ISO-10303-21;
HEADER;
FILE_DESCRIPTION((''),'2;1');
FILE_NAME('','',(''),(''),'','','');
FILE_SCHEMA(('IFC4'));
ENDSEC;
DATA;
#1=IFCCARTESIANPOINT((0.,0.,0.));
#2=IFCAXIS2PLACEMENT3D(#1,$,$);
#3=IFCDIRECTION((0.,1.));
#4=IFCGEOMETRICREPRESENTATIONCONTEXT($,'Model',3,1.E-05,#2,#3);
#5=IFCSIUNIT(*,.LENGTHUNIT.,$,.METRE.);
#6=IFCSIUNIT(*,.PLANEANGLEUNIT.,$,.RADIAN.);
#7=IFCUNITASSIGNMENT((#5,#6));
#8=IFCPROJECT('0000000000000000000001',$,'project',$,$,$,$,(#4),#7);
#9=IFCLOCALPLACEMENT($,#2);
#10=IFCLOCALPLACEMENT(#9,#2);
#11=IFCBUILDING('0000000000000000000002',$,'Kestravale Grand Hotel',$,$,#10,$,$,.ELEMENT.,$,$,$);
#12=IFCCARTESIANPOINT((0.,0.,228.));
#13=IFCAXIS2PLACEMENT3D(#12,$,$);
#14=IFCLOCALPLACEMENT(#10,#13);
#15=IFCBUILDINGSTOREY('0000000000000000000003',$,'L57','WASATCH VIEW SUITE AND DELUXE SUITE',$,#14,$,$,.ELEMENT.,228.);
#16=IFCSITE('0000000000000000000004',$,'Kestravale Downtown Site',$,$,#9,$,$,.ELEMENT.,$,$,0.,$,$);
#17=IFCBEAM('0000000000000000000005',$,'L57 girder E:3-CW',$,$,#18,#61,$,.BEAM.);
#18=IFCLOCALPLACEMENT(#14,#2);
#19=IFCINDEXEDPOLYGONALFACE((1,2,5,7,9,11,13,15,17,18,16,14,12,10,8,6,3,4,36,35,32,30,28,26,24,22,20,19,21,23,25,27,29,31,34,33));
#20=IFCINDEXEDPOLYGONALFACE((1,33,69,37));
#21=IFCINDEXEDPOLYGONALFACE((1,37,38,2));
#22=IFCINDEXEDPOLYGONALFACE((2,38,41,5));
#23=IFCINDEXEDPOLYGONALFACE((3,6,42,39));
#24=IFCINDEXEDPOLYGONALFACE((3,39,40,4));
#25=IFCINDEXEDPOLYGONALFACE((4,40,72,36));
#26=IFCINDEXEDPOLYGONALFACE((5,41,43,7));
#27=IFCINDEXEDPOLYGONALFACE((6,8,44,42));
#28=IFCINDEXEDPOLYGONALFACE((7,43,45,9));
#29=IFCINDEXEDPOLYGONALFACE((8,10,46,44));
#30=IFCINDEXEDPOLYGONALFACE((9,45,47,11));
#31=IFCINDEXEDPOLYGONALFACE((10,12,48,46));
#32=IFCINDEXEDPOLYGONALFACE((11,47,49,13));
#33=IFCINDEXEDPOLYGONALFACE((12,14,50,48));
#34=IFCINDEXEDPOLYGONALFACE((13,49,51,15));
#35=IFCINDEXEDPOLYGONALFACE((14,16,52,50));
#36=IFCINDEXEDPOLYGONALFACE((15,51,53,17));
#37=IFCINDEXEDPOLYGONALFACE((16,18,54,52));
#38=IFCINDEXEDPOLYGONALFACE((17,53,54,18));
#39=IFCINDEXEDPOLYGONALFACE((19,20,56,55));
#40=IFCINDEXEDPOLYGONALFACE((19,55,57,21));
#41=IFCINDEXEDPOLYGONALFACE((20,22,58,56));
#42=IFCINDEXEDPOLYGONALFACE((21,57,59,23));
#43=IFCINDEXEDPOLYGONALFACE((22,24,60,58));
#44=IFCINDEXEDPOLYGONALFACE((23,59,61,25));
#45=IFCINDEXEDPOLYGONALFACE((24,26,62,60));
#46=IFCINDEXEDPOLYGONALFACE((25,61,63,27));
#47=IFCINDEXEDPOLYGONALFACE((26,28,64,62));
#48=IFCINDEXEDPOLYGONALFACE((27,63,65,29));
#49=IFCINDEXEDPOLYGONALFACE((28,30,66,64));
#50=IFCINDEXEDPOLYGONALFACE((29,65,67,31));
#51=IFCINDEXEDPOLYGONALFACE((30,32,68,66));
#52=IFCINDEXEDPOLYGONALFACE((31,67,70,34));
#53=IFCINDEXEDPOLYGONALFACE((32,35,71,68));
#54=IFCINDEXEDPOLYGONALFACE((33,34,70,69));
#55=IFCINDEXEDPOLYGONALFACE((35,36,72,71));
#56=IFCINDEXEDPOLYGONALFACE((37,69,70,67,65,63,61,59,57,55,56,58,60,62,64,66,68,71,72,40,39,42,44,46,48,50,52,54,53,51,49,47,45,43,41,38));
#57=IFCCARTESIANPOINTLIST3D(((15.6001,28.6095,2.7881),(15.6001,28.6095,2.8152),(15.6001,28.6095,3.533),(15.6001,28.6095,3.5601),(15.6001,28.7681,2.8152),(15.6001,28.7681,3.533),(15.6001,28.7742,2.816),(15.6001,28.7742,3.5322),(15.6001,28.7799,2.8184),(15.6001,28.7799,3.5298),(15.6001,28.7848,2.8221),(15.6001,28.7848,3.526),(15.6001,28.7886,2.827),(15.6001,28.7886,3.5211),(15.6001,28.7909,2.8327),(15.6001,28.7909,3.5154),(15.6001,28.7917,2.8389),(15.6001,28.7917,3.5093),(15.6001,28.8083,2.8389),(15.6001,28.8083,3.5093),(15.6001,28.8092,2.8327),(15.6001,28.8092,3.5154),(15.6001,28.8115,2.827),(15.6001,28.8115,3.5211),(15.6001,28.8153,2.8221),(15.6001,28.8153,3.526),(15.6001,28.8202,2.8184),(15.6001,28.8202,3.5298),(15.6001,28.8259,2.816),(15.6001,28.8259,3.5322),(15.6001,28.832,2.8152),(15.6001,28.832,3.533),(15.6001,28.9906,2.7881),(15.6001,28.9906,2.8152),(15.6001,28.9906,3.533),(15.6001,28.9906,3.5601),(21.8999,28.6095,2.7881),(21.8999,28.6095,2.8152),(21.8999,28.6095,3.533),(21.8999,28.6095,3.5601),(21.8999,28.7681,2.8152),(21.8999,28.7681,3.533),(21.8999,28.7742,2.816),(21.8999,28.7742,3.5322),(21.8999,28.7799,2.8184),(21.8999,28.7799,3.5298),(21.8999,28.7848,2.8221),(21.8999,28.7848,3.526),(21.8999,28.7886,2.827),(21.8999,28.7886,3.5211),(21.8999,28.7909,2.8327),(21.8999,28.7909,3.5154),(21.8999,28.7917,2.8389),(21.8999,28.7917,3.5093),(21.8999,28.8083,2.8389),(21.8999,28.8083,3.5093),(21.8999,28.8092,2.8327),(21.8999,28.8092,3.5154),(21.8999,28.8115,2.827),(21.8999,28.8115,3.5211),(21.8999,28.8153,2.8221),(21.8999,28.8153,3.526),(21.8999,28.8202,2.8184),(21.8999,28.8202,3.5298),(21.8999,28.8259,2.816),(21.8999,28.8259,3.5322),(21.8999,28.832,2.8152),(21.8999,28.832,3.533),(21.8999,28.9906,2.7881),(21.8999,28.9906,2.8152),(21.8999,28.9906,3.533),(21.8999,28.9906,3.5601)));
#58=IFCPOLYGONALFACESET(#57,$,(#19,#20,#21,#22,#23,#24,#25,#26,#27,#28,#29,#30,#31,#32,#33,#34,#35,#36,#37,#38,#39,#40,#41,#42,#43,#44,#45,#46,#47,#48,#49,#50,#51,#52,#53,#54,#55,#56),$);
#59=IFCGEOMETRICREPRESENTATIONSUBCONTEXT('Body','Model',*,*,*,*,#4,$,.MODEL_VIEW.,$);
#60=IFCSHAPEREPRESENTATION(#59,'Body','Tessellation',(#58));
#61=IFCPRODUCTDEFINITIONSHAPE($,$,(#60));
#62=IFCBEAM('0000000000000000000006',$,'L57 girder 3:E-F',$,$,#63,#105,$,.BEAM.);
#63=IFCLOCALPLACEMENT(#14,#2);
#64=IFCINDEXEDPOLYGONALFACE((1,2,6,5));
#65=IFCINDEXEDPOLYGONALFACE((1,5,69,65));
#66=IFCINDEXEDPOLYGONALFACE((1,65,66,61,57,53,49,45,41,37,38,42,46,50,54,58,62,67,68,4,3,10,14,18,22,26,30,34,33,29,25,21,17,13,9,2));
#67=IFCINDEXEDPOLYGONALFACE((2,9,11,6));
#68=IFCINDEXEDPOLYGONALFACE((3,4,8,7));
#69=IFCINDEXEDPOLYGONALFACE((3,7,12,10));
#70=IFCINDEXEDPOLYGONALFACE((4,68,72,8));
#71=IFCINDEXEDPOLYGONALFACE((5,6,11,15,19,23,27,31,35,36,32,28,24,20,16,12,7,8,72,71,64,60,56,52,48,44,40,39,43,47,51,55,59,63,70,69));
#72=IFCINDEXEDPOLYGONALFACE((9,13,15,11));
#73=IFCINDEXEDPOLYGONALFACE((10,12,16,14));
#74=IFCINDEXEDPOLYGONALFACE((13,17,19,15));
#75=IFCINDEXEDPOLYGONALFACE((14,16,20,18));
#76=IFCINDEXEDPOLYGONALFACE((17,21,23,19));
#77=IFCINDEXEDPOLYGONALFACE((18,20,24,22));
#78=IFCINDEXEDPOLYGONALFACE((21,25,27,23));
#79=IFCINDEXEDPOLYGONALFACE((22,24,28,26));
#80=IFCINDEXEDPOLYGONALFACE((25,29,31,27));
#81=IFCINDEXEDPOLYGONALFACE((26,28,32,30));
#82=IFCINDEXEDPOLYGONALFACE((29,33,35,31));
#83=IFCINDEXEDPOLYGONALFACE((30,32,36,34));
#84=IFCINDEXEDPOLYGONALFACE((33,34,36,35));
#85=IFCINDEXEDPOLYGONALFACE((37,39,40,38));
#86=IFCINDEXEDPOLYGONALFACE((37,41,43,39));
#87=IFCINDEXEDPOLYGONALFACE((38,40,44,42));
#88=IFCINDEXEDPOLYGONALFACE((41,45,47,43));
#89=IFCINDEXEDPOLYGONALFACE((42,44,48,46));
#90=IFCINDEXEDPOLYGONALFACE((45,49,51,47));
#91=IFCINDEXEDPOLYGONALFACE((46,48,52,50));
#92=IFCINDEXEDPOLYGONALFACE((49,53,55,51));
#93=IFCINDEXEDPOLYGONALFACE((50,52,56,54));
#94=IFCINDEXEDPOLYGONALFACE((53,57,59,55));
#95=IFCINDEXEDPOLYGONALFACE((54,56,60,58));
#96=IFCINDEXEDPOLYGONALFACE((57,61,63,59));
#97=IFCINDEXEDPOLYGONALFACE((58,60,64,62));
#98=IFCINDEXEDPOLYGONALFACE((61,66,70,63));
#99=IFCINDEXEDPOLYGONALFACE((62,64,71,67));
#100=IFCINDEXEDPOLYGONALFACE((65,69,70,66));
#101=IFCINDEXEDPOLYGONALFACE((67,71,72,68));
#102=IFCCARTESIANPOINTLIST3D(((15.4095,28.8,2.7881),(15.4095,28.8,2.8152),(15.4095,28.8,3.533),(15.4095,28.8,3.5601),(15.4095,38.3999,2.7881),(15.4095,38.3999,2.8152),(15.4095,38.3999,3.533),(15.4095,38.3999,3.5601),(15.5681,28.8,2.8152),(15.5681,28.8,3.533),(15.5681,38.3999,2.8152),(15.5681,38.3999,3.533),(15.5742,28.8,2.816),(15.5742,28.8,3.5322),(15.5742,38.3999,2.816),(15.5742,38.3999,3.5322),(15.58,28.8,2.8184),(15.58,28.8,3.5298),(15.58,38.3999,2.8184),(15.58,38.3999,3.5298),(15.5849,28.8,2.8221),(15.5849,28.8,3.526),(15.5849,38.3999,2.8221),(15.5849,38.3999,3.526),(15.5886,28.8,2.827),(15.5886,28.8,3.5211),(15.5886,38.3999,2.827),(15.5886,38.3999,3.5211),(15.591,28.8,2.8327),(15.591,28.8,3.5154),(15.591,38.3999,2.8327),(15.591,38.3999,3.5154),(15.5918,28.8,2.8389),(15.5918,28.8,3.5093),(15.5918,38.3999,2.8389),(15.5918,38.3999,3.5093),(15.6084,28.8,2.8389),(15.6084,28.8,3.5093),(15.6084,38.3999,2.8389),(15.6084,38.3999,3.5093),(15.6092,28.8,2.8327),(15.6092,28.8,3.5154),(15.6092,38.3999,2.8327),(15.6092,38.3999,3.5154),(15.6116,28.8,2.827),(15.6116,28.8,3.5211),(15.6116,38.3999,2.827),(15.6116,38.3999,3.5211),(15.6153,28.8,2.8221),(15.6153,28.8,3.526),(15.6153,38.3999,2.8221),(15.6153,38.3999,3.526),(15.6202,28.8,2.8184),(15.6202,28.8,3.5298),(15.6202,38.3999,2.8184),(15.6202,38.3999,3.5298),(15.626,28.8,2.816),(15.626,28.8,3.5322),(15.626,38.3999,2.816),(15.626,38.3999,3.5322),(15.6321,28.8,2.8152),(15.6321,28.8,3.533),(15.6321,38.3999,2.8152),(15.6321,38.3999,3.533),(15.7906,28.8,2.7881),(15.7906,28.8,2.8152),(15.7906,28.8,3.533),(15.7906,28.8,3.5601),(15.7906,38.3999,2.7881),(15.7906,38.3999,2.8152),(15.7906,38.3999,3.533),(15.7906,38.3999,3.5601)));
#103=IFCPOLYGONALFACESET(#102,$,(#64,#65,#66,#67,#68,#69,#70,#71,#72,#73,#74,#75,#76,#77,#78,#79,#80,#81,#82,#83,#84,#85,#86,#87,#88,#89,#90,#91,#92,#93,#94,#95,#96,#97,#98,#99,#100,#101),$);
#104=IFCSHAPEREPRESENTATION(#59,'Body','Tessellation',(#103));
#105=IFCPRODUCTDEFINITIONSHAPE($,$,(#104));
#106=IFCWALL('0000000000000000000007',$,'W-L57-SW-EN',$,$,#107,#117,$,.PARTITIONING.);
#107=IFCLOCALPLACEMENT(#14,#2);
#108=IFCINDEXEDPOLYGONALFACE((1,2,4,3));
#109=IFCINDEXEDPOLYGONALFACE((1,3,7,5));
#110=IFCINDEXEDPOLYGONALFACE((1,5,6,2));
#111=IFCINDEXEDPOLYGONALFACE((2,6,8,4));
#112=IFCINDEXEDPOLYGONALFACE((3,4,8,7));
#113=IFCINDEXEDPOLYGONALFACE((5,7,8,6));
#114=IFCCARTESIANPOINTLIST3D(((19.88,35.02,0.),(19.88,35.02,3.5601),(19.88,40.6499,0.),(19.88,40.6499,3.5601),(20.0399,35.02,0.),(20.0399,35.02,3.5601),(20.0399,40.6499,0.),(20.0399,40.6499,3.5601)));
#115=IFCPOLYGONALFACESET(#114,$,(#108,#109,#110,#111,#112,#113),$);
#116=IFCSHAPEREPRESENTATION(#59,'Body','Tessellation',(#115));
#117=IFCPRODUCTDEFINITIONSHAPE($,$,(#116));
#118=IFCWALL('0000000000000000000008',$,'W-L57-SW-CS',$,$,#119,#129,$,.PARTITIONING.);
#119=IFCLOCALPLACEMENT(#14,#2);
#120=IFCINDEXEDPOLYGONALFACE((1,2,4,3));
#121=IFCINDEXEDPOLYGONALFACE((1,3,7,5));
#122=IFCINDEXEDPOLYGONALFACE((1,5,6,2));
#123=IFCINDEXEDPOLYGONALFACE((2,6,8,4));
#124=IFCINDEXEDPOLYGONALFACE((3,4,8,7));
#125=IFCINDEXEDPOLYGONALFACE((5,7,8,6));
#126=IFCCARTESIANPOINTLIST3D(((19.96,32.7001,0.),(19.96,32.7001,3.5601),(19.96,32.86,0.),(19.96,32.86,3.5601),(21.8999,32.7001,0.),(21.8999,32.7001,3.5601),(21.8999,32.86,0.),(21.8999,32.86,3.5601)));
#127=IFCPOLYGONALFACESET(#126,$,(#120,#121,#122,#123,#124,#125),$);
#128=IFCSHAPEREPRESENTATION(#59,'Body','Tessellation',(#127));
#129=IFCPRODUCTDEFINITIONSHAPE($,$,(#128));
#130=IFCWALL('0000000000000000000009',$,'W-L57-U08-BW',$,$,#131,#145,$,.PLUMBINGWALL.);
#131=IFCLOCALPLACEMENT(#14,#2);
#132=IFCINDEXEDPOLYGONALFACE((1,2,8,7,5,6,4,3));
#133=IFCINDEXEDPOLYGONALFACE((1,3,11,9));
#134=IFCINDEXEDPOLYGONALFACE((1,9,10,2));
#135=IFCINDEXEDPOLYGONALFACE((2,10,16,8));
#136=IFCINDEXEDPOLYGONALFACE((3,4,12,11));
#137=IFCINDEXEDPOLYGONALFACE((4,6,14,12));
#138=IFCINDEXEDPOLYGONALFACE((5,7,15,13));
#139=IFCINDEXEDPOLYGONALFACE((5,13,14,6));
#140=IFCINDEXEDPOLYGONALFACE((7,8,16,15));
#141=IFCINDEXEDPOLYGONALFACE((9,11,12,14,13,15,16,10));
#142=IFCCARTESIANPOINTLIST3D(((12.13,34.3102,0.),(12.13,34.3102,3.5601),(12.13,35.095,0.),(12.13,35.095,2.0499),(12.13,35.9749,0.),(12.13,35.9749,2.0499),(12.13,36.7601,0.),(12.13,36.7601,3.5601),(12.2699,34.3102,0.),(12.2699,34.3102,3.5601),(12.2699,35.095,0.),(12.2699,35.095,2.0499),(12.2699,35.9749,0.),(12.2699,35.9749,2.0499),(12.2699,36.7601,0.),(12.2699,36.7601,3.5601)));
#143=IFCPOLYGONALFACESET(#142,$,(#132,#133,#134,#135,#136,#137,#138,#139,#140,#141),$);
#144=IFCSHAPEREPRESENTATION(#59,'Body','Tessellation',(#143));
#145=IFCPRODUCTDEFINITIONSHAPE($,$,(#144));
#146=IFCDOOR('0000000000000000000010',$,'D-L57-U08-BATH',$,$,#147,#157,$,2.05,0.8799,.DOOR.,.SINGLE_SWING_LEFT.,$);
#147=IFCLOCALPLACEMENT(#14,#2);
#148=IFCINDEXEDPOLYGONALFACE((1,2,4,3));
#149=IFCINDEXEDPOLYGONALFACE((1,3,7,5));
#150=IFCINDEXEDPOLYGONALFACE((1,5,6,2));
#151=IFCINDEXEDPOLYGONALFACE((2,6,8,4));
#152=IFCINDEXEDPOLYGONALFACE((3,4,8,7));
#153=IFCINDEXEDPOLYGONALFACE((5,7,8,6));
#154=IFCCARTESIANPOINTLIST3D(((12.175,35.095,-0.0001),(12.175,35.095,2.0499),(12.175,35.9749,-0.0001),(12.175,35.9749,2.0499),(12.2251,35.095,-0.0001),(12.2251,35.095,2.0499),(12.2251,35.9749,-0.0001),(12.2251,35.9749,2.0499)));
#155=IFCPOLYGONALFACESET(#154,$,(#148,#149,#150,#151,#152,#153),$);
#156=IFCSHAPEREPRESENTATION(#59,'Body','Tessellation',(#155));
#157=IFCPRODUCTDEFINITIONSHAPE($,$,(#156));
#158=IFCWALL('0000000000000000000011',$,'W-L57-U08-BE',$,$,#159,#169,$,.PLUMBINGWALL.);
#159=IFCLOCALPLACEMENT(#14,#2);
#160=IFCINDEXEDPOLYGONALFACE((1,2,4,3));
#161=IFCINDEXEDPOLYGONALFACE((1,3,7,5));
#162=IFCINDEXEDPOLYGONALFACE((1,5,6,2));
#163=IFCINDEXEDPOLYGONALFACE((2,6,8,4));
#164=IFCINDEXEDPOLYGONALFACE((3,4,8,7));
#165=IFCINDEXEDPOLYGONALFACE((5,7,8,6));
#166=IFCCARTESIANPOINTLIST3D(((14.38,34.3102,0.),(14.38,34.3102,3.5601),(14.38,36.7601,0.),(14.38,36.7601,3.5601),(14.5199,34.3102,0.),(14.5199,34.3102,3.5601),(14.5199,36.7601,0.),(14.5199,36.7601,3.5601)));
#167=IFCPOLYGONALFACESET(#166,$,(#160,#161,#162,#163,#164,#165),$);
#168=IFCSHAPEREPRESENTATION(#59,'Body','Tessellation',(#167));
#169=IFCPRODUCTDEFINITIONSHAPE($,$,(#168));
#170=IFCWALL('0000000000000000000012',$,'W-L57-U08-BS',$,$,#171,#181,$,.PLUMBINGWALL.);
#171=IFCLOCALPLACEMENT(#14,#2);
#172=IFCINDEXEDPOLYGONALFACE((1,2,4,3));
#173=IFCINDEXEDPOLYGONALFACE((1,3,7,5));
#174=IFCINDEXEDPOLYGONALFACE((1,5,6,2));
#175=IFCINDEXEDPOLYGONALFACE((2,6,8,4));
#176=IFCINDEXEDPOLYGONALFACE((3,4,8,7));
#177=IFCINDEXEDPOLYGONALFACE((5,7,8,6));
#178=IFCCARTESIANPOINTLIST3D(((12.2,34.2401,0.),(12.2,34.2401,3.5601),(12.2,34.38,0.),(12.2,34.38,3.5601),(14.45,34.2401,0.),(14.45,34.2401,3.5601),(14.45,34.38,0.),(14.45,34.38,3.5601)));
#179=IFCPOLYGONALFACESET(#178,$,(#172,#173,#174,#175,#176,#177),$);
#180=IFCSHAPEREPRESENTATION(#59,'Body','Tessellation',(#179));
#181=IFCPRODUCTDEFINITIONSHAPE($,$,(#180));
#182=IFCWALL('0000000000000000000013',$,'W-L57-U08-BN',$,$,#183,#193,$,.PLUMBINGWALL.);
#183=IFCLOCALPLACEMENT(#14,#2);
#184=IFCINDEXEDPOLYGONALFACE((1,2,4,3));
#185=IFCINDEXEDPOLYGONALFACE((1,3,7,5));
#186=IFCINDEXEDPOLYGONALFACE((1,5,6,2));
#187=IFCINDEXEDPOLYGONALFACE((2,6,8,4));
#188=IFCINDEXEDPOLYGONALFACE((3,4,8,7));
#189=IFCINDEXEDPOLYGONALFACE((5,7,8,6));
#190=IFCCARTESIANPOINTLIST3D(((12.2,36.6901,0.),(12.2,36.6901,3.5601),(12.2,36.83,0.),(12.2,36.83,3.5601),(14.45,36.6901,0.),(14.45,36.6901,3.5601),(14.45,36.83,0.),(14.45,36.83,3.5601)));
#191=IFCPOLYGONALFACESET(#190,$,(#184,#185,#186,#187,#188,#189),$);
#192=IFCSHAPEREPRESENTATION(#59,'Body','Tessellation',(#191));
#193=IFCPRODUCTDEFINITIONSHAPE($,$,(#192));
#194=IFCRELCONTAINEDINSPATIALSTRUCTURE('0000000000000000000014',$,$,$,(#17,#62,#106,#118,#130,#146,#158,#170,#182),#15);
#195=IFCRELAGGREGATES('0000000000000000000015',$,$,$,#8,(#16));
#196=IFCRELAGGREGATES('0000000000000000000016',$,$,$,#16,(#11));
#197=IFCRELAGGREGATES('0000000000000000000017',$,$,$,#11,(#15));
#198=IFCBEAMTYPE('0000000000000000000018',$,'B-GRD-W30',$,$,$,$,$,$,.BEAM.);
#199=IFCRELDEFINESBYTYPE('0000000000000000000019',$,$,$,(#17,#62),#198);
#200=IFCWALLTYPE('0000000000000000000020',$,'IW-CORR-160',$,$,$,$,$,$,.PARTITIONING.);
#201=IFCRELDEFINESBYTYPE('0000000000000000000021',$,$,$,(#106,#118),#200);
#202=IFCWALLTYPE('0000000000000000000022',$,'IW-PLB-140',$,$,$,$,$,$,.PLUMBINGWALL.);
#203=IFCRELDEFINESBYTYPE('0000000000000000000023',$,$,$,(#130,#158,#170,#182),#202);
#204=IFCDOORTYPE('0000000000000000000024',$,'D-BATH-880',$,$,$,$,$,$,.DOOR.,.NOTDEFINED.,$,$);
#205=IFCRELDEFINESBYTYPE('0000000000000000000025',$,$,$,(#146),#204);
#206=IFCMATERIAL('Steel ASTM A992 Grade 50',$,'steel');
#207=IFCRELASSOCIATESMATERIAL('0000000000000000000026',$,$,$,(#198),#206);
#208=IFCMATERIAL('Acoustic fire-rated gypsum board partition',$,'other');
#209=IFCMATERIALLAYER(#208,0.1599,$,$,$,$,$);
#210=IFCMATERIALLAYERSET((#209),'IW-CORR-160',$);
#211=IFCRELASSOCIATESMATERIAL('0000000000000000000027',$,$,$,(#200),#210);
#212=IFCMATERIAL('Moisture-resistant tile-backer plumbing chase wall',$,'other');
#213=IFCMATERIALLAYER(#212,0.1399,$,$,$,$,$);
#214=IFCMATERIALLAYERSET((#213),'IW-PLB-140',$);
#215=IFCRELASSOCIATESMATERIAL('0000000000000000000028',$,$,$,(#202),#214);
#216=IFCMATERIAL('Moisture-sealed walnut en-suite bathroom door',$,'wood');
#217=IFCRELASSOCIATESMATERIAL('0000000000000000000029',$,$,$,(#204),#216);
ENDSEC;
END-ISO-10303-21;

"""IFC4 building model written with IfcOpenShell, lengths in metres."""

from ifc_helpers import new_model, si_unit, direction, frame, frame_2d, origin, origin_2d, place, context, subcontext, project, spatial, rectangle, i_section, extrude, material, layer, layer_set, material_profile, profile_set, type_object, element, fill, save


model = new_model("IFC4")

# Units and contexts
model_context = context("Model", 3, precision=1e-05, world=origin(), true_north=direction((0.0, 1.0)))
body_context = subcontext(model_context, "Body", "Model", "MODEL_VIEW")
ifc_project = project(units=[si_unit("LENGTHUNIT", "METRE"), si_unit("PLANEANGLEUNIT", "RADIAN")], contexts=[model_context])

# Site, building, storey
site_placement = place(None, origin())
site = spatial("IfcSite", under=ifc_project, at=site_placement, Name="Kestravale Downtown Site", CompositionType="ELEMENT", RefElevation=0.0)
building_placement = place(site_placement, origin())
building = spatial("IfcBuilding", under=site, at=building_placement, Name="Kestravale Grand Hotel", CompositionType="ELEMENT")
storey_placement = place(building_placement, frame((0.0, 0.0, 228.0)))
storey = spatial("IfcBuildingStorey", under=building, at=storey_placement, Name="L57", Description="WASATCH VIEW SUITE AND DELUXE SUITE", CompositionType="ELEMENT", Elevation=228.0)

# Beams
ifc_material_1 = material(Name="Steel ASTM A992 Grade 50", Category="steel")
ifc_material_profile_1 = material_profile(ifc_material_1, i_section(OverallWidth=0.3811, OverallDepth=0.772, WebThickness=0.0166, FlangeThickness=0.0271, FilletRadius=0.0237, at=origin_2d()))
ifc_profile_set_1 = profile_set([ifc_material_profile_1], Name="Steel ASTM A992 Grade 50")
beam_type_1 = type_object("IfcBeamType", Name="B-GRD-W30", PredefinedType="BEAM", material=ifc_profile_set_1)
beam_1_placement = place(storey_placement, frame((15.6001, 28.8, 3.1741), z_axis=(1.0, 0.0, 0.0), x_axis=(0.0, 1.0, 0.0)))
element("IfcBeam", 1, at=beam_1_placement, inside=storey, type_object=beam_type_1, Name="L57 girder E:3-CW", PredefinedType="BEAM", context=body_context, shape_type="SweptSolid", body=[
    extrude(i_section(OverallWidth=0.3811, OverallDepth=0.772, WebThickness=0.0166, FlangeThickness=0.0271, FilletRadius=0.0237, at=origin_2d()), origin(), (0.0, 0.0, 1.0), 6.2998),
])
beam_2_placement = place(storey_placement, frame((15.6001, 28.8, 3.1741), z_axis=(0.0, 1.0, 0.0), x_axis=(-1.0, 0.0, 0.0)))
element("IfcBeam", 2, at=beam_2_placement, inside=storey, type_object=beam_type_1, Name="L57 girder 3:E-F", PredefinedType="BEAM", context=body_context, shape_type="SweptSolid", body=[
    extrude(i_section(OverallWidth=0.3811, OverallDepth=0.772, WebThickness=0.0166, FlangeThickness=0.0271, FilletRadius=0.0237, at=origin_2d()), origin(), (0.0, 0.0, 1.0), 9.5999),
])

# Walls
ifc_material_2 = material(Name="Acoustic fire-rated gypsum board partition", Category="other")
ifc_layer_1 = layer(ifc_material_2, 0.1599)
ifc_layer_set_1 = layer_set([ifc_layer_1], Name="IW-CORR-160")
wall_type_1 = type_object("IfcWallType", Name="IW-CORR-160", PredefinedType="PARTITIONING", material=ifc_layer_set_1)
wall_1_placement = place(storey_placement, frame((19.96, 35.02, 0.0), z_axis=(0.0, 0.0, 1.0), x_axis=(0.0, 1.0, 0.0)))
element("IfcWall", 3, at=wall_1_placement, inside=storey, type_object=wall_type_1, Name="W-L57-SW-EN", PredefinedType="PARTITIONING", context=body_context, shape_type="SweptSolid", body=[
    extrude(rectangle(XDim=5.6299, YDim=0.1599, at=frame_2d((2.8149, 0.0))), origin(), (0.0, 0.0, 1.0), 3.5601),
])
wall_2_placement = place(storey_placement, frame((19.96, 32.78, 0.0), z_axis=(0.0, 0.0, 1.0), x_axis=(1.0, 0.0, 0.0)))
element("IfcWall", 4, at=wall_2_placement, inside=storey, type_object=wall_type_1, Name="W-L57-SW-CS", PredefinedType="PARTITIONING", context=body_context, shape_type="SweptSolid", body=[
    extrude(rectangle(XDim=1.9399, YDim=0.1599, at=frame_2d((0.97, 0.0))), origin(), (0.0, 0.0, 1.0), 3.5601),
])

# Wall, opening, door
ifc_material_3 = material(Name="Moisture-resistant tile-backer plumbing chase wall", Category="other")
ifc_layer_2 = layer(ifc_material_3, 0.1399)
ifc_layer_set_2 = layer_set([ifc_layer_2], Name="IW-PLB-140")
wall_type_2 = type_object("IfcWallType", Name="IW-PLB-140", PredefinedType="PLUMBINGWALL", material=ifc_layer_set_2)
wall_3_placement = place(storey_placement, frame((12.2, 34.3101, 0.0), z_axis=(0.0, 0.0, 1.0), x_axis=(0.0, 1.0, 0.0)))
wall_3 = element("IfcWall", 5, at=wall_3_placement, inside=storey, type_object=wall_type_2, Name="W-L57-U08-BW", PredefinedType="PLUMBINGWALL", context=body_context, shape_type="SweptSolid", body=[
    extrude(rectangle(XDim=2.45, YDim=0.1399, at=frame_2d((1.2251, 0.0))), origin(), (0.0, 0.0, 1.0), 3.5601),
])
opening_placement = place(wall_3_placement, frame((0.7849, 0.0, 0.0)))
opening = element("IfcOpeningElement", 6, at=opening_placement, cuts=wall_3, PredefinedType="OPENING", context=body_context, shape_type="SweptSolid", body=[
    extrude(rectangle(XDim=0.8799, YDim=2.05, at=frame_2d((0.4399, 1.0249))), frame((0.0, 0.0798, 0.0), z_axis=(0.0, -1.0, 0.0), x_axis=(1.0, 0.0, 0.0)), (0.0, 0.0, 1.0), 0.1599),
])
ifc_material_4 = material(Name="Moisture-sealed walnut en-suite bathroom door", Category="wood")
door_type = type_object("IfcDoorType", Name="D-BATH-880", OperationType="NOTDEFINED", PredefinedType="DOOR", material=ifc_material_4)
door_placement = place(opening_placement, origin())
door = element("IfcDoor", 7, at=door_placement, inside=storey, type_object=door_type, Name="D-L57-U08-BATH", OperationType="SINGLE_SWING_LEFT", OverallHeight=2.05, OverallWidth=0.8799, PredefinedType="DOOR", context=body_context, shape_type="SweptSolid", body=[
    extrude(rectangle(XDim=0.8799, YDim=2.05, at=frame_2d((0.4399, 1.0249))), frame((0.0, 0.0249, 0.0), z_axis=(0.0, -1.0, 0.0), x_axis=(1.0, 0.0, 0.0)), (0.0, 0.0, 1.0), 0.05),
])
fill(opening, door)

# Walls
wall_4_placement = place(storey_placement, frame((14.45, 34.3101, 0.0), z_axis=(0.0, 0.0, 1.0), x_axis=(0.0, 1.0, 0.0)))
element("IfcWall", 8, at=wall_4_placement, inside=storey, type_object=wall_type_2, Name="W-L57-U08-BE", PredefinedType="PLUMBINGWALL", context=body_context, shape_type="SweptSolid", body=[
    extrude(rectangle(XDim=2.45, YDim=0.1399, at=frame_2d((1.2251, 0.0))), origin(), (0.0, 0.0, 1.0), 3.5601),
])
for number, where, z_axis, x_axis, name in (
    (9, (12.2, 34.3101, 0.0), (0.0, 0.0, 1.0), (1.0, 0.0, 0.0), "W-L57-U08-BS"),
    (10, (12.2, 36.76, 0.0), (0.0, 0.0, 1.0), (1.0, 0.0, 0.0), "W-L57-U08-BN"),
):
    element("IfcWall", number, at=place(storey_placement, frame(where, z_axis=z_axis, x_axis=x_axis)), inside=storey, type_object=wall_type_2, Name=name, PredefinedType="PLUMBINGWALL", context=body_context, shape_type="SweptSolid", body=[
        extrude(rectangle(XDim=2.25, YDim=0.1399, at=frame_2d((1.125, 0.0))), origin(), (0.0, 0.0, 1.0), 3.5601),
    ])

save(model, "model.ifc")
